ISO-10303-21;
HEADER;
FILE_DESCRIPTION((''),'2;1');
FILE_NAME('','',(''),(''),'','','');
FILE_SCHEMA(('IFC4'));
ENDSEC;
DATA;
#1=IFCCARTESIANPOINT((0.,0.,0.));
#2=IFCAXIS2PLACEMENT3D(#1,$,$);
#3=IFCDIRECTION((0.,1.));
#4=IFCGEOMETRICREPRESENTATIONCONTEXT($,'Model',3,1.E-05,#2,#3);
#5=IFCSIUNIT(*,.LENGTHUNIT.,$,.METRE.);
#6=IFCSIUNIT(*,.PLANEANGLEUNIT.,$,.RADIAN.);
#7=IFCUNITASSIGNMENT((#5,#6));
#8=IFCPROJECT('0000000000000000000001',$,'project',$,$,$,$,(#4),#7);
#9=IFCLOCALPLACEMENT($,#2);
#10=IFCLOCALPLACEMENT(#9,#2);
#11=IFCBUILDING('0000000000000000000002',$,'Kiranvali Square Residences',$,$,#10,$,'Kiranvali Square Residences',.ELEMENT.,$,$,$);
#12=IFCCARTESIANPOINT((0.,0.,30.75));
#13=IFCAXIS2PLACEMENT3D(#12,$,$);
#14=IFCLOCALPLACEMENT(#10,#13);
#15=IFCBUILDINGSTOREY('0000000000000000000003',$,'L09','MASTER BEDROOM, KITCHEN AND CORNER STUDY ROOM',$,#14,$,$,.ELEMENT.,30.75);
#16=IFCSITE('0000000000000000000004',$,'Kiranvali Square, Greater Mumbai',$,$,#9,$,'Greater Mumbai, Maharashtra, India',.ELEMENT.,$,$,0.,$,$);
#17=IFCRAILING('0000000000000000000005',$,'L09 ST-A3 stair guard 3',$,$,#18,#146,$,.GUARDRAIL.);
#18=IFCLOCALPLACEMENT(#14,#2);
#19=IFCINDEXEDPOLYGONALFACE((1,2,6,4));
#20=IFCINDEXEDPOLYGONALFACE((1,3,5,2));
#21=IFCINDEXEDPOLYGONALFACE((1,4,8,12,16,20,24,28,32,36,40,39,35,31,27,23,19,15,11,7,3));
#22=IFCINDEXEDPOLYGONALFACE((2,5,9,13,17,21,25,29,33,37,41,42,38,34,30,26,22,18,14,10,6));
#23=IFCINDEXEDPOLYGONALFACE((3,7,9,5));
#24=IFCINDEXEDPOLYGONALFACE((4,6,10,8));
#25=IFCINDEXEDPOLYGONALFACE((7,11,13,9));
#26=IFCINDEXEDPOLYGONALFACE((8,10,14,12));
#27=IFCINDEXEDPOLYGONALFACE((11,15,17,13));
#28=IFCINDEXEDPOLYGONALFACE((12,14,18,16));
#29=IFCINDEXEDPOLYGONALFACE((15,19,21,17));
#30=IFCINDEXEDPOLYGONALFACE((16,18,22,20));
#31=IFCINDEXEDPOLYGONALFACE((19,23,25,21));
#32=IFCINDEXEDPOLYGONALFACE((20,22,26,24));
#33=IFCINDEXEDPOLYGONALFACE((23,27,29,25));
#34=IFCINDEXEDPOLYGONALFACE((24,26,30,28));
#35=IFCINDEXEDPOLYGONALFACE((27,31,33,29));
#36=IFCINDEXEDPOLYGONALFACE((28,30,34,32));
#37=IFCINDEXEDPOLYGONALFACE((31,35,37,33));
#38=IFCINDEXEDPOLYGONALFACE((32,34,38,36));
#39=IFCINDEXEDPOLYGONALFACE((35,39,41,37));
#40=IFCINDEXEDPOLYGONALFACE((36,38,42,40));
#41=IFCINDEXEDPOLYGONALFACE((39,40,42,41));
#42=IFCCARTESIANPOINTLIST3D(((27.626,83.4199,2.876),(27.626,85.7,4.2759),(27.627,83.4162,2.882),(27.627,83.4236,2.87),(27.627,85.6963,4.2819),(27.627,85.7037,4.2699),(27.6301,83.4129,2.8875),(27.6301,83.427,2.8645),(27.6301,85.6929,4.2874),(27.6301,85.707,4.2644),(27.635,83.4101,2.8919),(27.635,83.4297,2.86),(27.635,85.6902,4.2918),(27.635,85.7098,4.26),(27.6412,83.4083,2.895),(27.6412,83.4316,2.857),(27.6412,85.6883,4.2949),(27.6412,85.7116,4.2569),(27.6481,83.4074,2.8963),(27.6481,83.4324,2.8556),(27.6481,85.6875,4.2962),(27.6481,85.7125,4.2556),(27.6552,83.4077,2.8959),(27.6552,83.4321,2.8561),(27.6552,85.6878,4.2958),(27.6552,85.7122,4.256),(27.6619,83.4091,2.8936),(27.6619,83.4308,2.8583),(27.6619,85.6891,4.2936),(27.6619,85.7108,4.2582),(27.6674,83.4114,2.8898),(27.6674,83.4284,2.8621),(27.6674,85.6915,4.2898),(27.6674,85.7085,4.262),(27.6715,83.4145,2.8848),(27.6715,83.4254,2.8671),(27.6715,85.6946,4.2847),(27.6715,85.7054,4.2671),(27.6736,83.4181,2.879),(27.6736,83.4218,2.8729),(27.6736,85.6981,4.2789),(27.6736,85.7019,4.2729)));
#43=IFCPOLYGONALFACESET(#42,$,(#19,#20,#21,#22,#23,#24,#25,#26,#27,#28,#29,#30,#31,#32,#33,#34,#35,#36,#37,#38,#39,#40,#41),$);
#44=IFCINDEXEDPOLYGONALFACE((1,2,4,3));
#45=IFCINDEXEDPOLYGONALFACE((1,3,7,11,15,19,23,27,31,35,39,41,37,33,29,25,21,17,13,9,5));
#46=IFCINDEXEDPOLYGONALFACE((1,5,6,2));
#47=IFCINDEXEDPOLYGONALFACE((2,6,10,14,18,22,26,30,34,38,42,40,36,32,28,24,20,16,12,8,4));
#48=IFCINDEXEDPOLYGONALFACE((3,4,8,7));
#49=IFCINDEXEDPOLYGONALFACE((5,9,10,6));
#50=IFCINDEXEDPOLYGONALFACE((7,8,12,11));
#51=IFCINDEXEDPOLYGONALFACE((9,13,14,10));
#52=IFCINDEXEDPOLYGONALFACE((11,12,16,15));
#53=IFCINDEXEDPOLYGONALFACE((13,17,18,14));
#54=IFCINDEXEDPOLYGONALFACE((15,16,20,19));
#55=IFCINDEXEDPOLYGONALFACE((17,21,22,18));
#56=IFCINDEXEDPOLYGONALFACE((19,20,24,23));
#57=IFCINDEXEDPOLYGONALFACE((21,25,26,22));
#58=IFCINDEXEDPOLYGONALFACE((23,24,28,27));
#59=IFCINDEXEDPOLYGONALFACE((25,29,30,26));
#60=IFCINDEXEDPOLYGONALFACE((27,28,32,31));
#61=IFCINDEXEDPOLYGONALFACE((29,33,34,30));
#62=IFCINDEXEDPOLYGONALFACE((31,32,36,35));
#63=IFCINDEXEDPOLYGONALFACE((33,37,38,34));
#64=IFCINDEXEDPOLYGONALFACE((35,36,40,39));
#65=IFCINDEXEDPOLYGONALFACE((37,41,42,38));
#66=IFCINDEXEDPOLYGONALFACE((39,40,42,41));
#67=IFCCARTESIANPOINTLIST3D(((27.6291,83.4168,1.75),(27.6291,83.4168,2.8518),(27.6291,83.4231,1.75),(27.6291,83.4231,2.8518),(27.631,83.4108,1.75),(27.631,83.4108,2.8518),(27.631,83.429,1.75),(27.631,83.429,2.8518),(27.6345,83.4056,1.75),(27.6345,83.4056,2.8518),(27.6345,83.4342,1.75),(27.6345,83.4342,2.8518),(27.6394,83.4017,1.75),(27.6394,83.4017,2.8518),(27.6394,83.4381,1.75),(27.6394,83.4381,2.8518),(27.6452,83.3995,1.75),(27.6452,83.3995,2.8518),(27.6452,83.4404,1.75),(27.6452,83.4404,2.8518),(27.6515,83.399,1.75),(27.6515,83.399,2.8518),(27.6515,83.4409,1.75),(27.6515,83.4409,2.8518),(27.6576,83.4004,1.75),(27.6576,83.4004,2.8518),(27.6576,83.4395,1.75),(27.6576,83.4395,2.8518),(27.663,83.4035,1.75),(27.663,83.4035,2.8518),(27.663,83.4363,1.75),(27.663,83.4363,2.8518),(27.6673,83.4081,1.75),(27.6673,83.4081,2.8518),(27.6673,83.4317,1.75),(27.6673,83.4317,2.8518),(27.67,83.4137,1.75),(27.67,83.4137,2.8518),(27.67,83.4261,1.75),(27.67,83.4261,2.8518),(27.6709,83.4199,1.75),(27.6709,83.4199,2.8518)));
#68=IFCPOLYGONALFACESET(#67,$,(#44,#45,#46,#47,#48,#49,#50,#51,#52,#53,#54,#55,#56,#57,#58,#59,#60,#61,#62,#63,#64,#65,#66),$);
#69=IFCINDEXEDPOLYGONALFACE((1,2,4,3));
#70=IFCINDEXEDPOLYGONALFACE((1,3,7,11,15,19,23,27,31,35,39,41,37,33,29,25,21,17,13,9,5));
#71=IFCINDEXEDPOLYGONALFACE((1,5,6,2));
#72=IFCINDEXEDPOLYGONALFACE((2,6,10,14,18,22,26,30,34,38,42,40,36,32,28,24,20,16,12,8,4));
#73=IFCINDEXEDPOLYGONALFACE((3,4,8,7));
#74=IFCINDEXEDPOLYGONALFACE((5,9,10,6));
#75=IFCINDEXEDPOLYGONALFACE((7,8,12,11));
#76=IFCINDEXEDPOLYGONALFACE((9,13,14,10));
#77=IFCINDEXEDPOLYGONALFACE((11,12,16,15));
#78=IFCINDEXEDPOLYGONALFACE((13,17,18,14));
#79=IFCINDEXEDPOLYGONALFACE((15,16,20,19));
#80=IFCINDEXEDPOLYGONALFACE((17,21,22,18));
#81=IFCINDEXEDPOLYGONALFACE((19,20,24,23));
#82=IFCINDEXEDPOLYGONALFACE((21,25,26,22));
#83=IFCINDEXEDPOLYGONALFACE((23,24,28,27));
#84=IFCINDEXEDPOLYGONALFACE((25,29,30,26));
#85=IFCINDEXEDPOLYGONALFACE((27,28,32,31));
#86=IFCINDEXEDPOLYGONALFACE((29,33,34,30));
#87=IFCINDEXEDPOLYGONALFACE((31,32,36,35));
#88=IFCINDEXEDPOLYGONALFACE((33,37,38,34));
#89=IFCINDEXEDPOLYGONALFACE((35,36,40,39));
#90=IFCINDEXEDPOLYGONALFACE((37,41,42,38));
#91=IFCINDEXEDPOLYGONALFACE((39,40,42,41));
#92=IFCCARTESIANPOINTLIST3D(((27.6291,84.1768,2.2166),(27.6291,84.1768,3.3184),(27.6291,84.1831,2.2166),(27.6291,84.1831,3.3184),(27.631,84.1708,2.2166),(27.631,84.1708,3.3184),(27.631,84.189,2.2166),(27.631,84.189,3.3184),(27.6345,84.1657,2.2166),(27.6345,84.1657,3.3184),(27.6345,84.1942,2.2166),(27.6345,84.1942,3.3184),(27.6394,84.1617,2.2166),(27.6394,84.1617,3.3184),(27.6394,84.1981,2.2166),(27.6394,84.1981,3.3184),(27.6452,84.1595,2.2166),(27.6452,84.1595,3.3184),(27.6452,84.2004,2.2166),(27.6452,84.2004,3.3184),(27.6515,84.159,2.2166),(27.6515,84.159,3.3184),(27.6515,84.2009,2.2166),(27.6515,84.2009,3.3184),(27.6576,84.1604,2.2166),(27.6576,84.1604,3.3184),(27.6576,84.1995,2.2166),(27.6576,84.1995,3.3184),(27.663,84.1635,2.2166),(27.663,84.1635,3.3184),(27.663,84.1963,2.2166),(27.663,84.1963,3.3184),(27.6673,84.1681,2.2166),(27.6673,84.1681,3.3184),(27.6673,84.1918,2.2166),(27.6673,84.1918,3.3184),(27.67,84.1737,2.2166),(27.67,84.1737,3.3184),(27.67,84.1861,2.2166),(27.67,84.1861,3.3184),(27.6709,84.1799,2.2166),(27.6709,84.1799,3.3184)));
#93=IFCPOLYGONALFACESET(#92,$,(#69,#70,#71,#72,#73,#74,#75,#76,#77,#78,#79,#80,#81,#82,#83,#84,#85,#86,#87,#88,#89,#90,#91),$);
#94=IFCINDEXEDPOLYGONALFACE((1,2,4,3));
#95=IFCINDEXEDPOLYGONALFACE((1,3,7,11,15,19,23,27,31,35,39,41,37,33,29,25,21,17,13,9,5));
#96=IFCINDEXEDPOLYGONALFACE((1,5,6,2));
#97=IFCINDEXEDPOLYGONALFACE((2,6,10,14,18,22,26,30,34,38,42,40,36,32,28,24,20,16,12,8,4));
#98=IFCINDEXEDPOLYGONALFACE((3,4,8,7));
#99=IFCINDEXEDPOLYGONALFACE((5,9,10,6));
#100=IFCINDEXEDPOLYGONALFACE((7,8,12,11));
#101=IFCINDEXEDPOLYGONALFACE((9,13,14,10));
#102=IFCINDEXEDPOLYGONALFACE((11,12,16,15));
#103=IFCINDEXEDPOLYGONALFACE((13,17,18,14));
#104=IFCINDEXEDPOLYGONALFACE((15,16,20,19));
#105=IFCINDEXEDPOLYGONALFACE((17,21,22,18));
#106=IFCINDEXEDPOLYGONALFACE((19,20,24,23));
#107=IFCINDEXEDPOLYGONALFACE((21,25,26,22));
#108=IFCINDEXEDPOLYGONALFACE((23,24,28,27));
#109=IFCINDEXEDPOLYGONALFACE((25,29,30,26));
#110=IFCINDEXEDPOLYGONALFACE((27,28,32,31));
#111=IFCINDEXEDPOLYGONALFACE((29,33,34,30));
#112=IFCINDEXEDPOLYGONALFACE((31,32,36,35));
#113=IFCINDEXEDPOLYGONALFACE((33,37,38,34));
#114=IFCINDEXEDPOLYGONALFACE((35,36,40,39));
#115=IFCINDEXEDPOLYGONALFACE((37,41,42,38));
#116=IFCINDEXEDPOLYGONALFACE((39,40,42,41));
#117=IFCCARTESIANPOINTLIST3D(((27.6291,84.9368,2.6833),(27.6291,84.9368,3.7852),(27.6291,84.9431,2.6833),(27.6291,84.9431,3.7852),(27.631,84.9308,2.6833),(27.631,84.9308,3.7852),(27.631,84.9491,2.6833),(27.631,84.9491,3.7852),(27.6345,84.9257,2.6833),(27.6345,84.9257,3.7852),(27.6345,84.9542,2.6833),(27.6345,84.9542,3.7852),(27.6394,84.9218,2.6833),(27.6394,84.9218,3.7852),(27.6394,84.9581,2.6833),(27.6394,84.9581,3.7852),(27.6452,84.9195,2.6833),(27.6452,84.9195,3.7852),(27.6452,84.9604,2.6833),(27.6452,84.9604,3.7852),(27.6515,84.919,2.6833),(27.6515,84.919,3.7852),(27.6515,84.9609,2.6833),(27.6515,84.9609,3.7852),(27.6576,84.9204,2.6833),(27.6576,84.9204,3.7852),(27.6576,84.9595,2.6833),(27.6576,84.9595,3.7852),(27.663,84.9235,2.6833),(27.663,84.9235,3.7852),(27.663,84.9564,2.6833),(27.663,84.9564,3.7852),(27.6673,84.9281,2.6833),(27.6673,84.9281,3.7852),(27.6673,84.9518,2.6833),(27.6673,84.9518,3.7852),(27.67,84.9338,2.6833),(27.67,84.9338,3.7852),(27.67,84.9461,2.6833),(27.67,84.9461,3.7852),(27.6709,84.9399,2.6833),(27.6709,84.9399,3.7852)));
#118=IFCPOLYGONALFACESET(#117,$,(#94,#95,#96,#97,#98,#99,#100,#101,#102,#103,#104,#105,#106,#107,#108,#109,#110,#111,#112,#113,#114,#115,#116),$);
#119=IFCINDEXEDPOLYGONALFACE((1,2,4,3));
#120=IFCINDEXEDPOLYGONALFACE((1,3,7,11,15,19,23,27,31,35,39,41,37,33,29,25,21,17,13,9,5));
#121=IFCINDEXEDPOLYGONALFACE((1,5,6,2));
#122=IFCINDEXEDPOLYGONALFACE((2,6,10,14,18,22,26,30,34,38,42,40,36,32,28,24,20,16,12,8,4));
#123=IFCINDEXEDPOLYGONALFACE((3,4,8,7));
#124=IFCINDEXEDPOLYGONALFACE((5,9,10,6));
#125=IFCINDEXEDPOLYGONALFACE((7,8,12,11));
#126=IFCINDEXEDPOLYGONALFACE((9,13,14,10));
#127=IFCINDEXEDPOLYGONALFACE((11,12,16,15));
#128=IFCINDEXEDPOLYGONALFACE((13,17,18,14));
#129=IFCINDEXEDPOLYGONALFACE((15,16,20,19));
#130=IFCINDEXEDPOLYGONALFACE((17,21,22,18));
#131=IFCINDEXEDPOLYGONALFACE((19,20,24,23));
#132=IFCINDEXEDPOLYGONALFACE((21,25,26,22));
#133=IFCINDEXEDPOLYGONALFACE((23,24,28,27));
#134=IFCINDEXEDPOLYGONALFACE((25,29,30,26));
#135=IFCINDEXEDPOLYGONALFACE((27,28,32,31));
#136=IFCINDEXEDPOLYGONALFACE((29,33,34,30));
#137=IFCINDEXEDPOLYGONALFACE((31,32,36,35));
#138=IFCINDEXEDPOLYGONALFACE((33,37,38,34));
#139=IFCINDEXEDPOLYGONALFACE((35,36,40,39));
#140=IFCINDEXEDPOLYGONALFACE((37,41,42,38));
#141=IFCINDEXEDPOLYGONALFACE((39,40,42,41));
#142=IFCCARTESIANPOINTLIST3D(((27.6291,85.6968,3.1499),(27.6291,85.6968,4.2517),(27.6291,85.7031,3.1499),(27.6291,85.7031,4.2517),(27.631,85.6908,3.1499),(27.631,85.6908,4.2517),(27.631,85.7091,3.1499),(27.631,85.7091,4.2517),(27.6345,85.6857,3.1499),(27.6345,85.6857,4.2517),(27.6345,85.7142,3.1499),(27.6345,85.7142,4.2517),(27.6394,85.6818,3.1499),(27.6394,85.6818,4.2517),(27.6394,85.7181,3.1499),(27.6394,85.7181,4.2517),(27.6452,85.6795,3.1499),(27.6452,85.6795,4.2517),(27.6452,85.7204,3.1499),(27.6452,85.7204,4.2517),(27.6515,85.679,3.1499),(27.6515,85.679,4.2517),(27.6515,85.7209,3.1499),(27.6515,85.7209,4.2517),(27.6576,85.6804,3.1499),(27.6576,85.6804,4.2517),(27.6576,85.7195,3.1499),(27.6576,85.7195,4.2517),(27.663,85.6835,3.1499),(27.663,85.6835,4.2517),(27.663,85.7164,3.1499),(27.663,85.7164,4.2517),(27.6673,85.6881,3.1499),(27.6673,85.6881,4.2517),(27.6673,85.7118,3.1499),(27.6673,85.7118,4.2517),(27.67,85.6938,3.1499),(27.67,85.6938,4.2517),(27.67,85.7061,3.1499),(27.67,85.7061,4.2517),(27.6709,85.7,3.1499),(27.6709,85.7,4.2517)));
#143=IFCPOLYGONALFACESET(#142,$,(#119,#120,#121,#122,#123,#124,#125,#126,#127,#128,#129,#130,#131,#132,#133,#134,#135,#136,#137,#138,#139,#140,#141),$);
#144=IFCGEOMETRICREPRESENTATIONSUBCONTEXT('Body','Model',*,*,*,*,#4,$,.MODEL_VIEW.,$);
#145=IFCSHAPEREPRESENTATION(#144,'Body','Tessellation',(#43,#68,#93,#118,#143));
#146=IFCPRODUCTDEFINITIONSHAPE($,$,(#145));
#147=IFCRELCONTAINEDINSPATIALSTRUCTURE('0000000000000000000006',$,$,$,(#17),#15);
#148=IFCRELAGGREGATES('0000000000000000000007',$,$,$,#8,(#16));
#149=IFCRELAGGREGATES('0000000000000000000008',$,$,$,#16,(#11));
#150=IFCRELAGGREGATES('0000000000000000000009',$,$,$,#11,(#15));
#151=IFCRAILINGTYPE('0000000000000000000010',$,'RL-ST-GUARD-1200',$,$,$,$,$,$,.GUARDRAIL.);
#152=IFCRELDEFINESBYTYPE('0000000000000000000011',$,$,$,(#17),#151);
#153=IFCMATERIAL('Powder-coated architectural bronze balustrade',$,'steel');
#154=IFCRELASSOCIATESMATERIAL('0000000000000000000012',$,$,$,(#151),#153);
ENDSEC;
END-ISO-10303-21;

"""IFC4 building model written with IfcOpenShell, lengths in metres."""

from ifc_helpers import new_model, si_unit, direction, frame, origin, origin_2d, place, context, subcontext, project, spatial, circle, extrude, material, type_object, element, save


model = new_model("IFC4")

# Units and contexts
model_context = context("Model", 3, precision=1e-05, world=origin(), true_north=direction((0.0, 1.0)))
body_context = subcontext(model_context, "Body", "Model", "MODEL_VIEW")
ifc_project = project(units=[si_unit("LENGTHUNIT", "METRE"), si_unit("PLANEANGLEUNIT", "RADIAN")], contexts=[model_context])

# Site, building, storey
site_placement = place(None, origin())
site = spatial("IfcSite", under=ifc_project, at=site_placement, Name="Kiranvali Square, Greater Mumbai", LongName="Greater Mumbai, Maharashtra, India", CompositionType="ELEMENT", RefElevation=0.0)
building_placement = place(site_placement, origin())
building = spatial("IfcBuilding", under=site, at=building_placement, Name="Kiranvali Square Residences", LongName="Kiranvali Square Residences", CompositionType="ELEMENT")
storey_placement = place(building_placement, frame((0.0, 0.0, 30.75)))
storey = spatial("IfcBuildingStorey", under=building, at=storey_placement, Name="L09", Description="MASTER BEDROOM, KITCHEN AND CORNER STUDY ROOM", CompositionType="ELEMENT", Elevation=30.75)

# Railing
ifc_material_1 = material(Name="Powder-coated architectural bronze balustrade", Category="steel")
railing_type = type_object("IfcRailingType", Name="RL-ST-GUARD-1200", PredefinedType="GUARDRAIL", material=ifc_material_1)
railing_1_placement = place(storey_placement, frame((27.6499, 83.4199, 1.75)))
element("IfcRailing", 1, at=railing_1_placement, inside=storey, type_object=railing_type, Name="L09 ST-A3 stair guard 3", PredefinedType="GUARDRAIL", context=body_context, shape_type="SweptSolid", body=[
    extrude(circle(Radius=0.0239, at=origin_2d()), frame((0.0, 0.0, 1.126), z_axis=(0.0, 0.85219, 0.523232), x_axis=(-1.0, 0.0, 0.0)), (0.0, 0.0, 1.0), 2.6755),
    extrude(circle(Radius=0.021, at=origin_2d()), origin(), (0.0, 0.0, 1.0), 1.1018),
    extrude(circle(Radius=0.021, at=origin_2d()), frame((0.0, 0.76, 0.4666)), (0.0, 0.0, 1.0), 1.1018),
    extrude(circle(Radius=0.021, at=origin_2d()), frame((0.0, 1.52, 0.9333)), (0.0, 0.0, 1.0), 1.1018),
    extrude(circle(Radius=0.021, at=origin_2d()), frame((0.0, 2.28, 1.3999)), (0.0, 0.0, 1.0), 1.1018),
])

save(model, "model.ifc")
